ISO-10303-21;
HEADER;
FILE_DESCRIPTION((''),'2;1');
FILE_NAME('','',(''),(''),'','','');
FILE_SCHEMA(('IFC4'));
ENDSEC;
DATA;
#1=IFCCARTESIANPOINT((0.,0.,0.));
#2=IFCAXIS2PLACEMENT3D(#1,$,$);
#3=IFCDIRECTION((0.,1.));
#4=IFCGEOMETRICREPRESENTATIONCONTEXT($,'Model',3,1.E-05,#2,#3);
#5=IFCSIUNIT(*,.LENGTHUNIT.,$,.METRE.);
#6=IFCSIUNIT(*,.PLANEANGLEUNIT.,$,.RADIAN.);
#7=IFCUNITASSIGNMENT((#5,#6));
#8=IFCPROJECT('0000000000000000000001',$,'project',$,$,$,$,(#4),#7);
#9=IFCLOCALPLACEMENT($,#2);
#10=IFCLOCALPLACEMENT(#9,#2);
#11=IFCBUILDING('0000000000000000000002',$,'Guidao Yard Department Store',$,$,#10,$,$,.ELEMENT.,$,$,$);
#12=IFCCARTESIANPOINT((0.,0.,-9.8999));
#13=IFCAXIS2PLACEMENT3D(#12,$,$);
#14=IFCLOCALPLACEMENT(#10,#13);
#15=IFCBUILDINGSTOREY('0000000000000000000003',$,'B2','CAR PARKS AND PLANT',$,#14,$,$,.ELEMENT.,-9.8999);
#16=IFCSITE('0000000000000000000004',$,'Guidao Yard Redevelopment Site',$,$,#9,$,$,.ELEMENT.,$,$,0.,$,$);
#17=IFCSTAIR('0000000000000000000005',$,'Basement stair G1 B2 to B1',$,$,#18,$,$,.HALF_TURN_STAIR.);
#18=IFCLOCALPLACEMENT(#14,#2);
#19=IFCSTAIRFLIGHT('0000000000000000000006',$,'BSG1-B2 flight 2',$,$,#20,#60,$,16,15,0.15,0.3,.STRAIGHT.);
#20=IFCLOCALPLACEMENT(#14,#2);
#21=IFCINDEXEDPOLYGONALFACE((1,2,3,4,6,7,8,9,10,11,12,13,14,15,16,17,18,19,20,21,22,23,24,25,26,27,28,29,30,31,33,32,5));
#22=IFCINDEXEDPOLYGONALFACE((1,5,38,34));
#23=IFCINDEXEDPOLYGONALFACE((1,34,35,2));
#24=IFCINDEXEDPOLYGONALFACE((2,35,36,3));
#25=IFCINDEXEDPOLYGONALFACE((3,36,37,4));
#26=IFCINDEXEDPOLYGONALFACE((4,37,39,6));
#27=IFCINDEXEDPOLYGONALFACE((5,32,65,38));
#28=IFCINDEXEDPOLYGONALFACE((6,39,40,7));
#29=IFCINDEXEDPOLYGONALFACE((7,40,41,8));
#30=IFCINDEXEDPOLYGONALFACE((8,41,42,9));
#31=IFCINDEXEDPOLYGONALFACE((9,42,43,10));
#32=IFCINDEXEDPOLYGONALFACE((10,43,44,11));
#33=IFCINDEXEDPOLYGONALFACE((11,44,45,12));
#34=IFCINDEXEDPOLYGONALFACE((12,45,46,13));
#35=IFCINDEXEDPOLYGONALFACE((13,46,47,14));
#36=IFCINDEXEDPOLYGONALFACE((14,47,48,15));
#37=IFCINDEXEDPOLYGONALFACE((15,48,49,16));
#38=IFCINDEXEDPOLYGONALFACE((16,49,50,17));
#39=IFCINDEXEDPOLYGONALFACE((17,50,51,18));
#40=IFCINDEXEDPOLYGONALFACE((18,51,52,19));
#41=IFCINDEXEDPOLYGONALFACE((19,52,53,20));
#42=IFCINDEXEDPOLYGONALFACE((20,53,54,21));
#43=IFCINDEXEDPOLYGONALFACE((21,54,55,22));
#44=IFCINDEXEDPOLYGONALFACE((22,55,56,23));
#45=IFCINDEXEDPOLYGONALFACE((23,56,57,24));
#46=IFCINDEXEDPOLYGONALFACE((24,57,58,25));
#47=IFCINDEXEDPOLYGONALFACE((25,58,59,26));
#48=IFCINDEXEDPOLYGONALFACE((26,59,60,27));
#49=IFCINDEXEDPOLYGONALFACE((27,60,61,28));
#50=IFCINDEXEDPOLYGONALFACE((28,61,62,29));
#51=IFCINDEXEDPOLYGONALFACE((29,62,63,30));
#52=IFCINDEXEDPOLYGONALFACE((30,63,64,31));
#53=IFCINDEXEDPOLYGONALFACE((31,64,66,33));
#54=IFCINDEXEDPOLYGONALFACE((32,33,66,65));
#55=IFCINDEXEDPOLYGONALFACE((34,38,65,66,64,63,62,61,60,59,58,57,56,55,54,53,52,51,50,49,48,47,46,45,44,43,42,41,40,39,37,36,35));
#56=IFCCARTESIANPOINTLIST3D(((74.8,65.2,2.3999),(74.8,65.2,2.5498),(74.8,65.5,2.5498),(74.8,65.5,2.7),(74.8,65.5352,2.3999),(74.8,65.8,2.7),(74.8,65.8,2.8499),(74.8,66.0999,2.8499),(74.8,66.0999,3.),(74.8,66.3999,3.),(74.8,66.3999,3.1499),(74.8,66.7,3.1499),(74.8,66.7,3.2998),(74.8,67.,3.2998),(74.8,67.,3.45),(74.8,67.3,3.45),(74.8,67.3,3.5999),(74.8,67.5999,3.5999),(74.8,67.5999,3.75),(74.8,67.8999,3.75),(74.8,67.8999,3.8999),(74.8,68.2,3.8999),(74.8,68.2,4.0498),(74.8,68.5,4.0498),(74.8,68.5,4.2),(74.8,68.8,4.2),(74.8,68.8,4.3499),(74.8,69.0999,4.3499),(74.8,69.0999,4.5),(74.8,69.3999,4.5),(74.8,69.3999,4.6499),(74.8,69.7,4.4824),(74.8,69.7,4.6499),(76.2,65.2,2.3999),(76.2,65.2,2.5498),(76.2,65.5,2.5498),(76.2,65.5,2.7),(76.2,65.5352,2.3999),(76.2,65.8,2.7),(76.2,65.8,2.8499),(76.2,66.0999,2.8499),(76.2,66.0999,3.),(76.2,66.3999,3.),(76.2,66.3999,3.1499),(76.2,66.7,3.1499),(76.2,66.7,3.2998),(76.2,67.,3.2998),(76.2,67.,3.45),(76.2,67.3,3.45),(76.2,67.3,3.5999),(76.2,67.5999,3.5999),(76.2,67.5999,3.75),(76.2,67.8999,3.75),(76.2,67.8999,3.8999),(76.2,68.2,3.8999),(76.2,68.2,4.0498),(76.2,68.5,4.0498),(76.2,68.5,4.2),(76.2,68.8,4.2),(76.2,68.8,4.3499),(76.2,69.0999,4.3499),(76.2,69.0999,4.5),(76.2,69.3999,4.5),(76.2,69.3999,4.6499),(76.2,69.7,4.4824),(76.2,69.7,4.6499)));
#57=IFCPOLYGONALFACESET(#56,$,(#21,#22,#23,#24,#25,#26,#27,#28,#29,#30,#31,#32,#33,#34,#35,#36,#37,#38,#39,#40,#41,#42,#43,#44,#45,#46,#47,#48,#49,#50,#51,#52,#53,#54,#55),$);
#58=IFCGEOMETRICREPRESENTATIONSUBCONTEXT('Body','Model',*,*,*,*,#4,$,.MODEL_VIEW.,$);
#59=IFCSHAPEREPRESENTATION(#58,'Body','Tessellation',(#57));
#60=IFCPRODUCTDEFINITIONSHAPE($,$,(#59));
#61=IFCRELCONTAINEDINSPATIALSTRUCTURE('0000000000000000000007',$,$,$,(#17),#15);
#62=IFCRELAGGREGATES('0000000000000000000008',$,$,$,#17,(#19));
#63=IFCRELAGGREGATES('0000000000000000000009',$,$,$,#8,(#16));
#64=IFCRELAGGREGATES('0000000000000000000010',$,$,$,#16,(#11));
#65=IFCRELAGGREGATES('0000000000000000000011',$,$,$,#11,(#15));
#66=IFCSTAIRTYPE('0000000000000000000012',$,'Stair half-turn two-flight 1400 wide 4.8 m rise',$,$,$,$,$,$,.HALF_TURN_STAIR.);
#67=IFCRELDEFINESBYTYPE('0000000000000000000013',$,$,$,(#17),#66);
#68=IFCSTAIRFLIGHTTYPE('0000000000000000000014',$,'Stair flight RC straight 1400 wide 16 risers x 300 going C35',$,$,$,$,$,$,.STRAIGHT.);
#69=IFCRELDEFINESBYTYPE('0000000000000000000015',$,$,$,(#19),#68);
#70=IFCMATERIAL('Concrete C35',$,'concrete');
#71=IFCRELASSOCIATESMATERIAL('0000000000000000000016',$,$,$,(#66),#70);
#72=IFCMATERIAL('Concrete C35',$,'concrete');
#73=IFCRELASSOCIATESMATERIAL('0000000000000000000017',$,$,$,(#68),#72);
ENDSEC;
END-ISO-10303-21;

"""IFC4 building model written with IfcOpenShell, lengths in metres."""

from ifc_helpers import new_model, si_unit, direction, frame, origin, place, context, subcontext, project, spatial, polyline, outline, extrude, material, type_object, element, aggregate, save


model = new_model("IFC4")

# Units and contexts
model_context = context("Model", 3, precision=1e-05, world=origin(), true_north=direction((0.0, 1.0)))
body_context = subcontext(model_context, "Body", "Model", "MODEL_VIEW")
ifc_project = project(units=[si_unit("LENGTHUNIT", "METRE"), si_unit("PLANEANGLEUNIT", "RADIAN")], contexts=[model_context])

# Site, building, storey
site_placement = place(None, origin())
site = spatial("IfcSite", under=ifc_project, at=site_placement, Name="Guidao Yard Redevelopment Site", CompositionType="ELEMENT", RefElevation=0.0)
building_placement = place(site_placement, origin())
building = spatial("IfcBuilding", under=site, at=building_placement, Name="Guidao Yard Department Store", CompositionType="ELEMENT")
storey_placement = place(building_placement, frame((0.0, 0.0, -9.8999)))
storey = spatial("IfcBuildingStorey", under=building, at=storey_placement, Name="B2", Description="CAR PARKS AND PLANT", CompositionType="ELEMENT", Elevation=-9.8999)

# Stair, stair flight
ifc_material_1 = material(Name="Concrete C35", Category="concrete")
stair_type = type_object("IfcStairType", Name="Stair half-turn two-flight 1400 wide 4.8 m rise", PredefinedType="HALF_TURN_STAIR", material=ifc_material_1)
stair_placement = place(storey_placement, origin())
stair = element("IfcStair", 1, at=stair_placement, inside=storey, type_object=stair_type, Name="Basement stair G1 B2 to B1", PredefinedType="HALF_TURN_STAIR")
ifc_material_2 = material(Name="Concrete C35", Category="concrete")
stair_flight_type = type_object("IfcStairFlightType", Name="Stair flight RC straight 1400 wide 16 risers x 300 going C35", PredefinedType="STRAIGHT", material=ifc_material_2)
stair_flight_1_placement = place(storey_placement, frame((75.5, 65.2, 2.3999), z_axis=(0.0, 0.0, 1.0), x_axis=(0.0, 1.0, 0.0)))
stair_flight_1 = element("IfcStairFlight", 2, at=stair_flight_1_placement, type_object=stair_flight_type, Name="BSG1-B2 flight 2", NumberOfRisers=16, NumberOfTreads=15, PredefinedType="STRAIGHT", RiserHeight=0.15, TreadLength=0.3, context=body_context, shape_type="SweptSolid", body=[
    extrude(outline(polyline([(0.0, 0.0), (0.0, 0.1499), (0.3, 0.1499), (0.3, 0.3), (0.6001, 0.3), (0.6001, 0.45), (0.8999, 0.45), (0.8999, 0.6001), (1.2, 0.6001), (1.2, 0.75), (1.5, 0.75), (1.5, 0.8999), (1.8, 0.8999), (1.8, 1.05), (2.1001, 1.05), (2.1001, 1.2), (2.3999, 1.2), (2.3999, 1.3501), (2.7, 1.3501), (2.7, 1.5), (3.0, 1.5), (3.0, 1.6499), (3.3, 1.6499), (3.3, 1.8), (3.6001, 1.8), (3.6001, 1.95), (3.8999, 1.95), (3.8999, 2.1001), (4.2, 2.1001), (4.2, 2.25), (4.5, 2.25), (4.5, 2.3999), (4.5, 2.0825), (0.3352, 0.0), (0.0, 0.0)])), frame((0.0, 0.7, 0.0), z_axis=(0.0, -1.0, 0.0), x_axis=(1.0, 0.0, 0.0)), (0.0, 0.0, 1.0), 1.3999),
])
aggregate(stair, [stair_flight_1])

save(model, "model.ifc")
